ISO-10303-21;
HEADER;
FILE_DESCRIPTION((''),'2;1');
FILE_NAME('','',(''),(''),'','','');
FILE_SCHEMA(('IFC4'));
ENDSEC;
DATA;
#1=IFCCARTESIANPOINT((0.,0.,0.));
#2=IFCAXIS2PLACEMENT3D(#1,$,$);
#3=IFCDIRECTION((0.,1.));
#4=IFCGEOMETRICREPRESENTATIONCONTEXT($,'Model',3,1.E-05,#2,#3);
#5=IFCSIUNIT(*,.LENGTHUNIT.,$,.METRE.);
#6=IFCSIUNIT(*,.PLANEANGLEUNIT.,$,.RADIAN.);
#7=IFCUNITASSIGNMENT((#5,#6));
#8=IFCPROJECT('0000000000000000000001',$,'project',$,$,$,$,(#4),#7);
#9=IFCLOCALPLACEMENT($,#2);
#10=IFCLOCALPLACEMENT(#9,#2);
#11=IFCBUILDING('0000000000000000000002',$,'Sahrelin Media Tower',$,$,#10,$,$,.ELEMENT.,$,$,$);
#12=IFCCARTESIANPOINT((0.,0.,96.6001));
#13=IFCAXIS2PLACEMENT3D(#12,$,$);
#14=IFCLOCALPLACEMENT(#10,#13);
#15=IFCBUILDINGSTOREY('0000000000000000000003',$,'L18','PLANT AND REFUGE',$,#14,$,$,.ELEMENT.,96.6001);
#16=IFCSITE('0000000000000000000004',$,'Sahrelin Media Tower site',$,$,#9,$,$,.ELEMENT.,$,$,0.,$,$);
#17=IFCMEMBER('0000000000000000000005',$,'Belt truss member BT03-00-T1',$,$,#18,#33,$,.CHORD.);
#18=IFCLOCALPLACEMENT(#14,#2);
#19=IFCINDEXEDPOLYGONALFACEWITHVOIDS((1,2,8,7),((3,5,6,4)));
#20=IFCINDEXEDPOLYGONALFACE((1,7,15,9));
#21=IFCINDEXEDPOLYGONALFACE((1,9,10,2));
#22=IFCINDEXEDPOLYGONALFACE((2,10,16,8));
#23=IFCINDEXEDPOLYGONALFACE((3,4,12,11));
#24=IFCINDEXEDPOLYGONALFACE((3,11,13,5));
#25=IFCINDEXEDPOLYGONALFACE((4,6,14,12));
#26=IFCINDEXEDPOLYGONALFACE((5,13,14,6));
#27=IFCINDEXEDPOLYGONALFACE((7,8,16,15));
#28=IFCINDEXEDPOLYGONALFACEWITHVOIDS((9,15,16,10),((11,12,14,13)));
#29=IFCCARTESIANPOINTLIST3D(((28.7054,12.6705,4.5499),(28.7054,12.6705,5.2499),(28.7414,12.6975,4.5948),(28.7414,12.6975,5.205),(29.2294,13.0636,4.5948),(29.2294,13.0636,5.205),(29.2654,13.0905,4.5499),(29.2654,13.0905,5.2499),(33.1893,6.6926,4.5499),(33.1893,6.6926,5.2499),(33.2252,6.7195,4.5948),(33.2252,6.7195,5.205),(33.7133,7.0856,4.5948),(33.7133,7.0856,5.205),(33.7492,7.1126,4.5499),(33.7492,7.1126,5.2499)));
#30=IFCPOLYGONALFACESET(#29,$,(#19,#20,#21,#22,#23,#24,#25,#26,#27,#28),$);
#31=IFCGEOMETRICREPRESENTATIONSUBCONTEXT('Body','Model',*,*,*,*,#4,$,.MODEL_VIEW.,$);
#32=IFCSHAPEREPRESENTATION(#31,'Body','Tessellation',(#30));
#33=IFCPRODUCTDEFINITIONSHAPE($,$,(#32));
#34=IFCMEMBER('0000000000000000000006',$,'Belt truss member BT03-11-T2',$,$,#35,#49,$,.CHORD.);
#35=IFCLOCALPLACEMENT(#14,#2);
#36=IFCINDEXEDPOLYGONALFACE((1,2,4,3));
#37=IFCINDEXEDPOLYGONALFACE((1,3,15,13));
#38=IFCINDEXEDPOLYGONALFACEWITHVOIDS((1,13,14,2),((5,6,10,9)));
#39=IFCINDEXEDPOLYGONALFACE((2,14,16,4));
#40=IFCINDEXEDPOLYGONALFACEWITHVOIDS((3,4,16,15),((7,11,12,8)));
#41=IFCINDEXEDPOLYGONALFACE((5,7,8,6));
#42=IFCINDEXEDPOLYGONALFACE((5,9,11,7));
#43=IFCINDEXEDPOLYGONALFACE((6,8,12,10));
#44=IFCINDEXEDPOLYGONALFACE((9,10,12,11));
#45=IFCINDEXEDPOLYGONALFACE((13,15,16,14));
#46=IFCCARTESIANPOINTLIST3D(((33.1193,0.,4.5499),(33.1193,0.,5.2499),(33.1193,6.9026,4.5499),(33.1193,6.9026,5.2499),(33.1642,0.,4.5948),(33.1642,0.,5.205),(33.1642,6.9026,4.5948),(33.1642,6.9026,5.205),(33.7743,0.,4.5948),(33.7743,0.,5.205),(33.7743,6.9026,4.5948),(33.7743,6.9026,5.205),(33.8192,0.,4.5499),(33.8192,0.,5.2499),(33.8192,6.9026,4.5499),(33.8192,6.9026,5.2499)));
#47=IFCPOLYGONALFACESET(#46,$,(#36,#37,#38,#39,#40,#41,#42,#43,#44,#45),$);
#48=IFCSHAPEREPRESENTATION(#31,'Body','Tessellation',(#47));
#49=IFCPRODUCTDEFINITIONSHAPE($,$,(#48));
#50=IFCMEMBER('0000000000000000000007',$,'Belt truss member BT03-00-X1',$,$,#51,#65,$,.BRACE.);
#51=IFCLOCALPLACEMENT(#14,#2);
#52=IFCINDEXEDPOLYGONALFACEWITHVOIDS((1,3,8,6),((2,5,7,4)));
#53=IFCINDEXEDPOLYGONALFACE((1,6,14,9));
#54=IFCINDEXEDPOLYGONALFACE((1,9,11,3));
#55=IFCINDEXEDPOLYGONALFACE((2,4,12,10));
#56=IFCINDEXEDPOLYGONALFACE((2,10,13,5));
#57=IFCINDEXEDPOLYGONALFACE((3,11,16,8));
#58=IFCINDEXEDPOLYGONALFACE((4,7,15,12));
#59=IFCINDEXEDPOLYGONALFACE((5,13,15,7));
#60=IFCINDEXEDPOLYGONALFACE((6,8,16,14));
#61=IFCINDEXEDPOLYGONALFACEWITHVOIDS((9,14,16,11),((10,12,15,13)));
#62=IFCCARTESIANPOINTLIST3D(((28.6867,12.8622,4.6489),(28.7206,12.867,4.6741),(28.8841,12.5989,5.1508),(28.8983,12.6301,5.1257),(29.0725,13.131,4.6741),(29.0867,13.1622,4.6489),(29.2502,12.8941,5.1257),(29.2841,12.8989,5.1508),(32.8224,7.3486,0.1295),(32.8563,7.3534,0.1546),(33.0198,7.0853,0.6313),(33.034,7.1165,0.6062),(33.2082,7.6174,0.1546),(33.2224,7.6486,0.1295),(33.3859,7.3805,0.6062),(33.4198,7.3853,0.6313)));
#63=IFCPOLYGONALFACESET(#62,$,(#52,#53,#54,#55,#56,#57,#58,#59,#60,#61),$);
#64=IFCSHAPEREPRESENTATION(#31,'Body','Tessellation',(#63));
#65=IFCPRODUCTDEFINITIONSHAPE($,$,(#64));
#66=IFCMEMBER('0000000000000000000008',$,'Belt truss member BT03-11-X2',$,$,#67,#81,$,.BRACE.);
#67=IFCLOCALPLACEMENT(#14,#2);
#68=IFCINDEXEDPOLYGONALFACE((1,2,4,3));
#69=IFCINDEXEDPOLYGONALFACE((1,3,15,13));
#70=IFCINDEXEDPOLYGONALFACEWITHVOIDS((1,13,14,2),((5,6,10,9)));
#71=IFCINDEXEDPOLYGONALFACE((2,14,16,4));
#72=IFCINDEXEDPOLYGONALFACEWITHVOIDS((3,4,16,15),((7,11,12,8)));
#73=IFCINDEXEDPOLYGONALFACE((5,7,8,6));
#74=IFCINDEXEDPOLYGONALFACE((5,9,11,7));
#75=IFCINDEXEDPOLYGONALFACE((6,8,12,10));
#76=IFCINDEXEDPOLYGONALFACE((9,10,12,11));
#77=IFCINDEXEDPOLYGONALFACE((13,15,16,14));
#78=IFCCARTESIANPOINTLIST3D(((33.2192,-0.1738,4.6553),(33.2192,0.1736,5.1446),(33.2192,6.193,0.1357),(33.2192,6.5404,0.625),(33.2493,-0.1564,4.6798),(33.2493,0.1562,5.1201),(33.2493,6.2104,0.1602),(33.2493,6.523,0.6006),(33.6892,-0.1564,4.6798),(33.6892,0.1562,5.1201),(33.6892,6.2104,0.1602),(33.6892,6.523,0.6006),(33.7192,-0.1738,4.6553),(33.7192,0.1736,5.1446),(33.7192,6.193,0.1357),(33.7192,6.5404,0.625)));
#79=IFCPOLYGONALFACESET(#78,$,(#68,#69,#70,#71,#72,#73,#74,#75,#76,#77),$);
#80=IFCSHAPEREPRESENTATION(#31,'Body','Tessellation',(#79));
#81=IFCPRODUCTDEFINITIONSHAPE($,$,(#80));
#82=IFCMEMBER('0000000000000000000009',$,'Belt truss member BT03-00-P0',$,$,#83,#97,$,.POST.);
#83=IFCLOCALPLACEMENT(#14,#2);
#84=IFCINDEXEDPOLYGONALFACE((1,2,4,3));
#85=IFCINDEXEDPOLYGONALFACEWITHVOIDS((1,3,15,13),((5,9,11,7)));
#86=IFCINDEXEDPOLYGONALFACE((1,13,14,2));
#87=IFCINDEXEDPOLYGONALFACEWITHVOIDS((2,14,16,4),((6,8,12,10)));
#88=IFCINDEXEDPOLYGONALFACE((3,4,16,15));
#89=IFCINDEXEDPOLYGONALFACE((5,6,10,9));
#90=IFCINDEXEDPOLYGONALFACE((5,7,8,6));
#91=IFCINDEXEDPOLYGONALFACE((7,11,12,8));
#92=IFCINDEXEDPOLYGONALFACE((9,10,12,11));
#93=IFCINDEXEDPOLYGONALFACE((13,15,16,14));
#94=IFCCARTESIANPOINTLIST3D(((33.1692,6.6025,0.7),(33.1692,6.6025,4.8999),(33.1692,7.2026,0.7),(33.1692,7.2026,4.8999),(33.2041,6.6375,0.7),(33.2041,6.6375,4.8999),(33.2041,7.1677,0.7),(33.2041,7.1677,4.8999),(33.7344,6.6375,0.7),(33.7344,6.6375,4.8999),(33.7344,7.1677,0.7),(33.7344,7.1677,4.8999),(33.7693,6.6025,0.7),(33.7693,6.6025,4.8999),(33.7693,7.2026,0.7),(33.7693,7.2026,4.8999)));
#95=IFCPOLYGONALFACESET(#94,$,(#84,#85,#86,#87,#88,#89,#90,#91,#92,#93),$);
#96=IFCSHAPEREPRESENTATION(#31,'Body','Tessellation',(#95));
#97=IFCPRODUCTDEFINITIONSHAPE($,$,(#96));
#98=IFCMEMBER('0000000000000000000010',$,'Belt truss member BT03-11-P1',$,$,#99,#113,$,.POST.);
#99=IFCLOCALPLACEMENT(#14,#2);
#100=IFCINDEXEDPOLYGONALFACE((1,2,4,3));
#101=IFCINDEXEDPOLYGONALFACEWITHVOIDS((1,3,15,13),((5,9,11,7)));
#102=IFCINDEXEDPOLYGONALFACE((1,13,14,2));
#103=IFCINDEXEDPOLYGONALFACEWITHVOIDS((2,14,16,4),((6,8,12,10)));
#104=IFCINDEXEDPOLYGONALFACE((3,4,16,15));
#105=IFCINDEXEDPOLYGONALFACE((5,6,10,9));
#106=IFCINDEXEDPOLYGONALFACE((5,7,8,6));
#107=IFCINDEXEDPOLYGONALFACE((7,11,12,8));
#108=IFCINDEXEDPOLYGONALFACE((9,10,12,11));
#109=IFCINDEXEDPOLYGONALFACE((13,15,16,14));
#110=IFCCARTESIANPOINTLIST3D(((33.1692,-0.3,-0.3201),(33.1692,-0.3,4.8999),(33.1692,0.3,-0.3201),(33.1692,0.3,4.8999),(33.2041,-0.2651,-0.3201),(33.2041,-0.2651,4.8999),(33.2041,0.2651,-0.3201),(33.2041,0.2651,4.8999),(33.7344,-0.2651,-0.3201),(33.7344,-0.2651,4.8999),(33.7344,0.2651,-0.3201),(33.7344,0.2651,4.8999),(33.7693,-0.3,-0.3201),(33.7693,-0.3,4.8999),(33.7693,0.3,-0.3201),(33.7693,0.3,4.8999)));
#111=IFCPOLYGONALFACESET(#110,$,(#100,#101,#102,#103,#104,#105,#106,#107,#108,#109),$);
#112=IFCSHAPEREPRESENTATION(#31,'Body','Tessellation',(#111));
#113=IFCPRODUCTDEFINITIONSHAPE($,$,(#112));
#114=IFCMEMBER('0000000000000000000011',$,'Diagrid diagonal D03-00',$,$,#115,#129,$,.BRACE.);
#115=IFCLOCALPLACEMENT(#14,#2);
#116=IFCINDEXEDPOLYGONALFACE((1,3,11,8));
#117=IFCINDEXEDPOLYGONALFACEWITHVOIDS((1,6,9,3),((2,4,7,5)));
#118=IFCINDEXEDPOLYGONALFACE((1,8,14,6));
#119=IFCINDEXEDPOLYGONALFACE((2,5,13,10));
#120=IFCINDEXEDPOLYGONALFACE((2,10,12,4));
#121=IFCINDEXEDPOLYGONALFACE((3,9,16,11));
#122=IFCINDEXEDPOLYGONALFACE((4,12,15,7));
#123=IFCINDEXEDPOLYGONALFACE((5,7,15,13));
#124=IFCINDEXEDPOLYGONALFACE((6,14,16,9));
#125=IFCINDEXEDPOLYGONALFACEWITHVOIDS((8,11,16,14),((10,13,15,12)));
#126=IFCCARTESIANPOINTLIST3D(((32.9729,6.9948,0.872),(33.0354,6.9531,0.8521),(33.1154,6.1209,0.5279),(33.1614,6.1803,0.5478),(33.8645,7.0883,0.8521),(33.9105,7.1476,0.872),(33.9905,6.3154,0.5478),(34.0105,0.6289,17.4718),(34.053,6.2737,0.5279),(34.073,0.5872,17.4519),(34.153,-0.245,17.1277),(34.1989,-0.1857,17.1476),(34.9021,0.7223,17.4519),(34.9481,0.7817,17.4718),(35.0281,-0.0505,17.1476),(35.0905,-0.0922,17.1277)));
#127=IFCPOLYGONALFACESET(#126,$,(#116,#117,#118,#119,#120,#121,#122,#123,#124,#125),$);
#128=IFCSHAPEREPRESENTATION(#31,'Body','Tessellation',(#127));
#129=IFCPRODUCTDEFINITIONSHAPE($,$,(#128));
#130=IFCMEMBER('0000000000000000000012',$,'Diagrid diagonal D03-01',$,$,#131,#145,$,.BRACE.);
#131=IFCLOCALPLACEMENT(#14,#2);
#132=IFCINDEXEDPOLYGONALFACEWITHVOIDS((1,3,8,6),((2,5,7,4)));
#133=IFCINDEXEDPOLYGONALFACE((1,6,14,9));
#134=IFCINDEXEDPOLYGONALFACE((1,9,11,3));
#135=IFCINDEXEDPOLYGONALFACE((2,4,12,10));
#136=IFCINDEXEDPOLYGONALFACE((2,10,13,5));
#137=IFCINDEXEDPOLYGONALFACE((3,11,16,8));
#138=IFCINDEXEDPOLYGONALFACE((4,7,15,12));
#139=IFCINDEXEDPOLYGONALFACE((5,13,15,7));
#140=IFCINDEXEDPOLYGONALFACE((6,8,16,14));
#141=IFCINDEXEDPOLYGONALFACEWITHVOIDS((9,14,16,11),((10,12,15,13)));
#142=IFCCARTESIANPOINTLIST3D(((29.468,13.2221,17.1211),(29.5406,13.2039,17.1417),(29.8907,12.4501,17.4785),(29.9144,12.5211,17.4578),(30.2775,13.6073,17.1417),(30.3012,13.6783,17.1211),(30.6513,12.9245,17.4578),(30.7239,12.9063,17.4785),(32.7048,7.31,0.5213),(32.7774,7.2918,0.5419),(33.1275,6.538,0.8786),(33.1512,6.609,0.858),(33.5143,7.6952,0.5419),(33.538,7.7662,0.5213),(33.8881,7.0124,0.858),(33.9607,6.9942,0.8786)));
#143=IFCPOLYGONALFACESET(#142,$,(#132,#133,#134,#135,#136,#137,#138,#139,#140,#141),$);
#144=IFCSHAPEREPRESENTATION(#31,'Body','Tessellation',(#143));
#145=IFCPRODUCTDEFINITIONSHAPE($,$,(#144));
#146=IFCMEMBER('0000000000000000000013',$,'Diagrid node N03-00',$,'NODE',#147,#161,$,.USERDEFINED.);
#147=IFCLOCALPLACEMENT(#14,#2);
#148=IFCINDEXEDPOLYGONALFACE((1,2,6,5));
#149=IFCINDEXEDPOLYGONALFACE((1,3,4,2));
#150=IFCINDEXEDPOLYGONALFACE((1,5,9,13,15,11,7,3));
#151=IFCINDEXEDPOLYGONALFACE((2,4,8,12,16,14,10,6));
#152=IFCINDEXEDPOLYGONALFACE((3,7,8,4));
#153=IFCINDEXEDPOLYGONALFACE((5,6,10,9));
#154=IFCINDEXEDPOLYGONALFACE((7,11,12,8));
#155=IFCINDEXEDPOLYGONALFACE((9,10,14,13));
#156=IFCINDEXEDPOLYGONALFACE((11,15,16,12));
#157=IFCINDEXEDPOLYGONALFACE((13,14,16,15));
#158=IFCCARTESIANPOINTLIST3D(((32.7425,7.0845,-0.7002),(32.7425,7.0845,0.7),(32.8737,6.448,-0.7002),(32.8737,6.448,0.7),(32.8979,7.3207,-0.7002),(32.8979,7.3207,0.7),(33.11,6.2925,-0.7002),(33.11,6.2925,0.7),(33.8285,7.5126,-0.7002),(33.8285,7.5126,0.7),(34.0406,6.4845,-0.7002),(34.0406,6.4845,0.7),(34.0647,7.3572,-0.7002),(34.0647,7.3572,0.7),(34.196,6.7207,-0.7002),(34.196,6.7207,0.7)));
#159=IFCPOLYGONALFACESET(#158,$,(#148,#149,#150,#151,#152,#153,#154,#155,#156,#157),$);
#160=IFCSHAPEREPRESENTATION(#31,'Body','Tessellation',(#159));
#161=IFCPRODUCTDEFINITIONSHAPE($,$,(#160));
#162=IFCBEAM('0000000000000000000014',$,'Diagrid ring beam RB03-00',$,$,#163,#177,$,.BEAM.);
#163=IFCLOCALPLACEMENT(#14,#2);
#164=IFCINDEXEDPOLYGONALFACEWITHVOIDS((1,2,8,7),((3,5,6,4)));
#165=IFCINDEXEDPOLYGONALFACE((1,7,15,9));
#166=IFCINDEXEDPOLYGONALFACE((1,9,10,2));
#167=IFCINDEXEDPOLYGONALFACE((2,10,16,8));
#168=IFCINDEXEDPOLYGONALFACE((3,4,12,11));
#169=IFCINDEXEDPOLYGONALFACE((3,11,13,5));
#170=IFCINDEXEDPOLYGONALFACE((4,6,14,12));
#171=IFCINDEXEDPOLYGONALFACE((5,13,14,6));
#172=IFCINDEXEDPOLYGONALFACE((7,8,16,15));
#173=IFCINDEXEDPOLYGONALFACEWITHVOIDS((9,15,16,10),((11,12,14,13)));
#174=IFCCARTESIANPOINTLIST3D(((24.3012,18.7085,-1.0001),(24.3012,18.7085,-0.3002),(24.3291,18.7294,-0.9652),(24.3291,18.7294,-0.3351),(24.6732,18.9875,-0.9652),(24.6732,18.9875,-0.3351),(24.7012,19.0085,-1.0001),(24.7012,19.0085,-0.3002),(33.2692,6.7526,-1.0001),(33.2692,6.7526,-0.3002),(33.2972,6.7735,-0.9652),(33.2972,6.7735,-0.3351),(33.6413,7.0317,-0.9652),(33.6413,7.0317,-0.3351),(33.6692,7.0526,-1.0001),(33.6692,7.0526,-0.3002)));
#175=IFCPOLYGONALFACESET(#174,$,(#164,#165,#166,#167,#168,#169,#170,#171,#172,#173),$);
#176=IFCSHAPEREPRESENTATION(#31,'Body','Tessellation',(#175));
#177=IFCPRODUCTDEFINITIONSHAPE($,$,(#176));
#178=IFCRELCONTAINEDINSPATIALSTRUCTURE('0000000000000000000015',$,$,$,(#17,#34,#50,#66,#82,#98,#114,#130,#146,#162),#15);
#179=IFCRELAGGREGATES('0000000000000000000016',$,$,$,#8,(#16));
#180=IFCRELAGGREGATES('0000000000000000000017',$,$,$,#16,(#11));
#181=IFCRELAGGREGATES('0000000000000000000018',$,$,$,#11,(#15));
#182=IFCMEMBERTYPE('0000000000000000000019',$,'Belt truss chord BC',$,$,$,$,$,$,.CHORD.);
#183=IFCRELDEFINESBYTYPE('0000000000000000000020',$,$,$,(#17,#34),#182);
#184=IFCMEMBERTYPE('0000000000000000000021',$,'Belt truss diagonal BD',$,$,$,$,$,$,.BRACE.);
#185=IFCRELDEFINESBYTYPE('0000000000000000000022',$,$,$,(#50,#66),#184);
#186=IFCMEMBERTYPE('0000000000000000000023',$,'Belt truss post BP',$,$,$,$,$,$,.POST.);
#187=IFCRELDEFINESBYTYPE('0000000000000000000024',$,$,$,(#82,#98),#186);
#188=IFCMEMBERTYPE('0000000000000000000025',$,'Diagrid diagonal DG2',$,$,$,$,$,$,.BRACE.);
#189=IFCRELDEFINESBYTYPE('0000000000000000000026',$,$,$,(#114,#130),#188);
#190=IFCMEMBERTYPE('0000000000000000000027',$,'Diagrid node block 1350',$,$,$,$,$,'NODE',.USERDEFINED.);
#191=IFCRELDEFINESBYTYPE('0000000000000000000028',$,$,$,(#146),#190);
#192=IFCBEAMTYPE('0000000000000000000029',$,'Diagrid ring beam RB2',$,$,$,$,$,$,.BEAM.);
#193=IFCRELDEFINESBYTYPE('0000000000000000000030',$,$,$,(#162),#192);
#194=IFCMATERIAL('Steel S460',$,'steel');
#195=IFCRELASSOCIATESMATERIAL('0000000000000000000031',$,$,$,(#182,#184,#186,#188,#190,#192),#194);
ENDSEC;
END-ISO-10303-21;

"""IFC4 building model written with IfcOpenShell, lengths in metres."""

from ifc_helpers import new_model, si_unit, direction, frame, origin, origin_2d, place, context, subcontext, project, spatial, polyline, hollow_rectangle, outline, extrude, material, material_profile, profile_set, type_object, element, save


model = new_model("IFC4")

# Units and contexts
model_context = context("Model", 3, precision=1e-05, world=origin(), true_north=direction((0.0, 1.0)))
body_context = subcontext(model_context, "Body", "Model", "MODEL_VIEW")
ifc_project = project(units=[si_unit("LENGTHUNIT", "METRE"), si_unit("PLANEANGLEUNIT", "RADIAN")], contexts=[model_context])

# Site, building, storey
site_placement = place(None, origin())
site = spatial("IfcSite", under=ifc_project, at=site_placement, Name="Sahrelin Media Tower site", CompositionType="ELEMENT", RefElevation=0.0)
building_placement = place(site_placement, origin())
building = spatial("IfcBuilding", under=site, at=building_placement, Name="Sahrelin Media Tower", CompositionType="ELEMENT")
storey_placement = place(building_placement, frame((0.0, 0.0, 96.6001)))
storey = spatial("IfcBuildingStorey", under=building, at=storey_placement, Name="L18", Description="PLANT AND REFUGE", CompositionType="ELEMENT", Elevation=96.6001)

# Members
ifc_material_1 = material(Name="Steel S460", Category="steel")
ifc_material_profile_1 = material_profile(ifc_material_1, hollow_rectangle(XDim=0.7, YDim=0.7, WallThickness=0.0449, at=origin_2d()), Name="Belt truss chord BC")
ifc_profile_set_1 = profile_set([ifc_material_profile_1], Name="Steel S460")
member_type_1 = type_object("IfcMemberType", Name="Belt truss chord BC", PredefinedType="CHORD", material=ifc_profile_set_1)
member_1_placement = place(storey_placement, frame((33.4692, 6.9026, 4.8999), z_axis=(-0.600031, 0.799976, 0.0), x_axis=(-0.799976, -0.600031, 0.0)))
element("IfcMember", 1, at=member_1_placement, inside=storey, type_object=member_type_1, Name="Belt truss member BT03-00-T1", PredefinedType="CHORD", context=body_context, shape_type="SweptSolid", body=[
    extrude(hollow_rectangle(XDim=0.7, YDim=0.7, WallThickness=0.0449, at=origin_2d()), origin(), (0.0, 0.0, 1.0), 7.4727),
])
member_2_placement = place(storey_placement, frame((33.4692, 0.0, 4.8999), z_axis=(0.0, 1.0, 0.0), x_axis=(-1.0, 0.0, 0.0)))
element("IfcMember", 2, at=member_2_placement, inside=storey, type_object=member_type_1, Name="Belt truss member BT03-11-T2", PredefinedType="CHORD", context=body_context, shape_type="SweptSolid", body=[
    extrude(hollow_rectangle(XDim=0.7, YDim=0.7, WallThickness=0.0449, at=origin_2d()), origin(), (0.0, 0.0, 1.0), 6.9026),
])
ifc_material_profile_2 = material_profile(ifc_material_1, hollow_rectangle(XDim=0.5, YDim=0.6001, WallThickness=0.03, at=origin_2d()), Name="Belt truss diagonal BD")
ifc_profile_set_2 = profile_set([ifc_material_profile_2], Name="Steel S460")
member_type_2 = type_object("IfcMemberType", Name="Belt truss diagonal BD", PredefinedType="BRACE", material=ifc_profile_set_2)
member_3_placement = place(storey_placement, frame((33.1211, 7.3669, 0.3804), z_axis=(-0.501787, 0.66897, 0.548352), x_axis=(-0.799966, -0.600045, 0.0)))
element("IfcMember", 3, at=member_3_placement, inside=storey, type_object=member_type_2, Name="Belt truss member BT03-00-X1", PredefinedType="BRACE", context=body_context, shape_type="SweptSolid", body=[
    extrude(hollow_rectangle(XDim=0.5, YDim=0.6001, WallThickness=0.03, at=origin_2d()), origin(), (0.0, 0.0, 1.0), 8.2419),
])
member_4_placement = place(storey_placement, frame((33.4692, 6.3667, 0.3804), z_axis=(0.0, -0.815433, 0.578852), x_axis=(1.0, 0.0, 0.0)))
element("IfcMember", 4, at=member_4_placement, inside=storey, type_object=member_type_2, Name="Belt truss member BT03-11-X2", PredefinedType="BRACE", context=body_context, shape_type="SweptSolid", body=[
    extrude(hollow_rectangle(XDim=0.5, YDim=0.6001, WallThickness=0.03, at=origin_2d()), origin(), (0.0, 0.0, 1.0), 7.8079),
])
ifc_material_profile_3 = material_profile(ifc_material_1, hollow_rectangle(XDim=0.6001, YDim=0.6001, WallThickness=0.0349, at=origin_2d()), Name="Belt truss post BP")
ifc_profile_set_3 = profile_set([ifc_material_profile_3], Name="Steel S460")
member_type_3 = type_object("IfcMemberType", Name="Belt truss post BP", PredefinedType="POST", material=ifc_profile_set_3)
member_5_placement = place(storey_placement, frame((33.4692, 6.9026, 0.7), z_axis=(0.0, 0.0, 1.0), x_axis=(1.0, 0.0, 0.0)))
element("IfcMember", 5, at=member_5_placement, inside=storey, type_object=member_type_3, Name="Belt truss member BT03-00-P0", PredefinedType="POST", context=body_context, shape_type="SweptSolid", body=[
    extrude(hollow_rectangle(XDim=0.6001, YDim=0.6001, WallThickness=0.0349, at=origin_2d()), origin(), (0.0, 0.0, 1.0), 4.2),
])
member_6_placement = place(storey_placement, frame((33.4692, 0.0, -0.3201), z_axis=(0.0, 0.0, 1.0), x_axis=(1.0, 0.0, 0.0)))
element("IfcMember", 6, at=member_6_placement, inside=storey, type_object=member_type_3, Name="Belt truss member BT03-11-P1", PredefinedType="POST", context=body_context, shape_type="SweptSolid", body=[
    extrude(hollow_rectangle(XDim=0.6001, YDim=0.6001, WallThickness=0.0349, at=origin_2d()), origin(), (0.0, 0.0, 1.0), 5.22),
])
ifc_material_profile_4 = material_profile(ifc_material_1, hollow_rectangle(XDim=0.95, YDim=0.95, WallThickness=0.0549, at=origin_2d()), Name="Diagrid diagonal DG2")
ifc_profile_set_4 = profile_set([ifc_material_profile_4], Name="Steel S460")
member_type_4 = type_object("IfcMemberType", Name="Diagrid diagonal DG2", PredefinedType="BRACE", material=ifc_profile_set_4)
member_7_placement = place(storey_placement, frame((33.5129, 6.6343, 0.7), z_axis=(0.058263, -0.35746, 0.932109), x_axis=(0.986976, 0.160869, 0.0)))
element("IfcMember", 7, at=member_7_placement, inside=storey, type_object=member_type_4, Name="Diagrid diagonal D03-00", PredefinedType="BRACE", context=body_context, shape_type="SweptSolid", body=[
    extrude(hollow_rectangle(XDim=0.95, YDim=0.95, WallThickness=0.0549, at=origin_2d()), origin(), (0.0, 0.0, 1.0), 17.8088),
])
member_8_placement = place(storey_placement, frame((33.3328, 7.1521, 0.7), z_axis=(-0.180666, 0.329989, 0.926535), x_axis=(-0.877144, -0.480227, 0.0)))
element("IfcMember", 8, at=member_8_placement, inside=storey, type_object=member_type_4, Name="Diagrid diagonal D03-01", PredefinedType="BRACE", context=body_context, shape_type="SweptSolid", body=[
    extrude(hollow_rectangle(XDim=0.95, YDim=0.95, WallThickness=0.0549, at=origin_2d()), origin(), (0.0, 0.0, 1.0), 17.916),
])
ifc_material_profile_5 = material_profile(ifc_material_1, outline(polyline([(0.4751, -0.5249), (0.675, -0.325), (0.675, 0.325), (0.4751, 0.5249), (-0.4751, 0.5249), (-0.675, 0.325), (-0.675, -0.325), (-0.4751, -0.5249), (0.4751, -0.5249)])), Name="Diagrid node block 1350")
ifc_profile_set_5 = profile_set([ifc_material_profile_5], Name="Steel S460")
member_type_5 = type_object("IfcMemberType", Name="Diagrid node block 1350", ElementType="NODE", PredefinedType="USERDEFINED", material=ifc_profile_set_5)
member_9_placement = place(storey_placement, frame((33.4692, 6.9026, -0.7002), z_axis=(0.0, 0.0, 1.0), x_axis=(0.979388, 0.201989, 0.0)))
element("IfcMember", 9, at=member_9_placement, inside=storey, type_object=member_type_5, Name="Diagrid node N03-00", ObjectType="NODE", PredefinedType="USERDEFINED", context=body_context, shape_type="SweptSolid", body=[
    extrude(outline(polyline([(0.4751, -0.5249), (0.675, -0.325), (0.675, 0.325), (0.4751, 0.5249), (-0.4751, 0.5249), (-0.675, 0.325), (-0.675, -0.325), (-0.4751, -0.5249), (0.4751, -0.5249)])), origin(), (0.0, 0.0, 1.0), 1.4001),
])

# Beam
ifc_material_profile_6 = material_profile(ifc_material_1, hollow_rectangle(XDim=0.5, YDim=0.7, WallThickness=0.0349, at=origin_2d()), Name="Diagrid ring beam RB2")
ifc_profile_set_6 = profile_set([ifc_material_profile_6], Name="Steel S460")
beam_type_1 = type_object("IfcBeamType", Name="Diagrid ring beam RB2", PredefinedType="BEAM", material=ifc_profile_set_6)
beam_1_placement = place(storey_placement, frame((33.4692, 6.9026, -0.6501), z_axis=(-0.60005, 0.799963, 0.0), x_axis=(-0.799963, -0.60005, 0.0)))
element("IfcBeam", 10, at=beam_1_placement, inside=storey, type_object=beam_type_1, Name="Diagrid ring beam RB03-00", PredefinedType="BEAM", context=body_context, shape_type="SweptSolid", body=[
    extrude(hollow_rectangle(XDim=0.5, YDim=0.7, WallThickness=0.0349, at=origin_2d()), origin(), (0.0, 0.0, 1.0), 14.9456),
])

save(model, "model.ifc")
